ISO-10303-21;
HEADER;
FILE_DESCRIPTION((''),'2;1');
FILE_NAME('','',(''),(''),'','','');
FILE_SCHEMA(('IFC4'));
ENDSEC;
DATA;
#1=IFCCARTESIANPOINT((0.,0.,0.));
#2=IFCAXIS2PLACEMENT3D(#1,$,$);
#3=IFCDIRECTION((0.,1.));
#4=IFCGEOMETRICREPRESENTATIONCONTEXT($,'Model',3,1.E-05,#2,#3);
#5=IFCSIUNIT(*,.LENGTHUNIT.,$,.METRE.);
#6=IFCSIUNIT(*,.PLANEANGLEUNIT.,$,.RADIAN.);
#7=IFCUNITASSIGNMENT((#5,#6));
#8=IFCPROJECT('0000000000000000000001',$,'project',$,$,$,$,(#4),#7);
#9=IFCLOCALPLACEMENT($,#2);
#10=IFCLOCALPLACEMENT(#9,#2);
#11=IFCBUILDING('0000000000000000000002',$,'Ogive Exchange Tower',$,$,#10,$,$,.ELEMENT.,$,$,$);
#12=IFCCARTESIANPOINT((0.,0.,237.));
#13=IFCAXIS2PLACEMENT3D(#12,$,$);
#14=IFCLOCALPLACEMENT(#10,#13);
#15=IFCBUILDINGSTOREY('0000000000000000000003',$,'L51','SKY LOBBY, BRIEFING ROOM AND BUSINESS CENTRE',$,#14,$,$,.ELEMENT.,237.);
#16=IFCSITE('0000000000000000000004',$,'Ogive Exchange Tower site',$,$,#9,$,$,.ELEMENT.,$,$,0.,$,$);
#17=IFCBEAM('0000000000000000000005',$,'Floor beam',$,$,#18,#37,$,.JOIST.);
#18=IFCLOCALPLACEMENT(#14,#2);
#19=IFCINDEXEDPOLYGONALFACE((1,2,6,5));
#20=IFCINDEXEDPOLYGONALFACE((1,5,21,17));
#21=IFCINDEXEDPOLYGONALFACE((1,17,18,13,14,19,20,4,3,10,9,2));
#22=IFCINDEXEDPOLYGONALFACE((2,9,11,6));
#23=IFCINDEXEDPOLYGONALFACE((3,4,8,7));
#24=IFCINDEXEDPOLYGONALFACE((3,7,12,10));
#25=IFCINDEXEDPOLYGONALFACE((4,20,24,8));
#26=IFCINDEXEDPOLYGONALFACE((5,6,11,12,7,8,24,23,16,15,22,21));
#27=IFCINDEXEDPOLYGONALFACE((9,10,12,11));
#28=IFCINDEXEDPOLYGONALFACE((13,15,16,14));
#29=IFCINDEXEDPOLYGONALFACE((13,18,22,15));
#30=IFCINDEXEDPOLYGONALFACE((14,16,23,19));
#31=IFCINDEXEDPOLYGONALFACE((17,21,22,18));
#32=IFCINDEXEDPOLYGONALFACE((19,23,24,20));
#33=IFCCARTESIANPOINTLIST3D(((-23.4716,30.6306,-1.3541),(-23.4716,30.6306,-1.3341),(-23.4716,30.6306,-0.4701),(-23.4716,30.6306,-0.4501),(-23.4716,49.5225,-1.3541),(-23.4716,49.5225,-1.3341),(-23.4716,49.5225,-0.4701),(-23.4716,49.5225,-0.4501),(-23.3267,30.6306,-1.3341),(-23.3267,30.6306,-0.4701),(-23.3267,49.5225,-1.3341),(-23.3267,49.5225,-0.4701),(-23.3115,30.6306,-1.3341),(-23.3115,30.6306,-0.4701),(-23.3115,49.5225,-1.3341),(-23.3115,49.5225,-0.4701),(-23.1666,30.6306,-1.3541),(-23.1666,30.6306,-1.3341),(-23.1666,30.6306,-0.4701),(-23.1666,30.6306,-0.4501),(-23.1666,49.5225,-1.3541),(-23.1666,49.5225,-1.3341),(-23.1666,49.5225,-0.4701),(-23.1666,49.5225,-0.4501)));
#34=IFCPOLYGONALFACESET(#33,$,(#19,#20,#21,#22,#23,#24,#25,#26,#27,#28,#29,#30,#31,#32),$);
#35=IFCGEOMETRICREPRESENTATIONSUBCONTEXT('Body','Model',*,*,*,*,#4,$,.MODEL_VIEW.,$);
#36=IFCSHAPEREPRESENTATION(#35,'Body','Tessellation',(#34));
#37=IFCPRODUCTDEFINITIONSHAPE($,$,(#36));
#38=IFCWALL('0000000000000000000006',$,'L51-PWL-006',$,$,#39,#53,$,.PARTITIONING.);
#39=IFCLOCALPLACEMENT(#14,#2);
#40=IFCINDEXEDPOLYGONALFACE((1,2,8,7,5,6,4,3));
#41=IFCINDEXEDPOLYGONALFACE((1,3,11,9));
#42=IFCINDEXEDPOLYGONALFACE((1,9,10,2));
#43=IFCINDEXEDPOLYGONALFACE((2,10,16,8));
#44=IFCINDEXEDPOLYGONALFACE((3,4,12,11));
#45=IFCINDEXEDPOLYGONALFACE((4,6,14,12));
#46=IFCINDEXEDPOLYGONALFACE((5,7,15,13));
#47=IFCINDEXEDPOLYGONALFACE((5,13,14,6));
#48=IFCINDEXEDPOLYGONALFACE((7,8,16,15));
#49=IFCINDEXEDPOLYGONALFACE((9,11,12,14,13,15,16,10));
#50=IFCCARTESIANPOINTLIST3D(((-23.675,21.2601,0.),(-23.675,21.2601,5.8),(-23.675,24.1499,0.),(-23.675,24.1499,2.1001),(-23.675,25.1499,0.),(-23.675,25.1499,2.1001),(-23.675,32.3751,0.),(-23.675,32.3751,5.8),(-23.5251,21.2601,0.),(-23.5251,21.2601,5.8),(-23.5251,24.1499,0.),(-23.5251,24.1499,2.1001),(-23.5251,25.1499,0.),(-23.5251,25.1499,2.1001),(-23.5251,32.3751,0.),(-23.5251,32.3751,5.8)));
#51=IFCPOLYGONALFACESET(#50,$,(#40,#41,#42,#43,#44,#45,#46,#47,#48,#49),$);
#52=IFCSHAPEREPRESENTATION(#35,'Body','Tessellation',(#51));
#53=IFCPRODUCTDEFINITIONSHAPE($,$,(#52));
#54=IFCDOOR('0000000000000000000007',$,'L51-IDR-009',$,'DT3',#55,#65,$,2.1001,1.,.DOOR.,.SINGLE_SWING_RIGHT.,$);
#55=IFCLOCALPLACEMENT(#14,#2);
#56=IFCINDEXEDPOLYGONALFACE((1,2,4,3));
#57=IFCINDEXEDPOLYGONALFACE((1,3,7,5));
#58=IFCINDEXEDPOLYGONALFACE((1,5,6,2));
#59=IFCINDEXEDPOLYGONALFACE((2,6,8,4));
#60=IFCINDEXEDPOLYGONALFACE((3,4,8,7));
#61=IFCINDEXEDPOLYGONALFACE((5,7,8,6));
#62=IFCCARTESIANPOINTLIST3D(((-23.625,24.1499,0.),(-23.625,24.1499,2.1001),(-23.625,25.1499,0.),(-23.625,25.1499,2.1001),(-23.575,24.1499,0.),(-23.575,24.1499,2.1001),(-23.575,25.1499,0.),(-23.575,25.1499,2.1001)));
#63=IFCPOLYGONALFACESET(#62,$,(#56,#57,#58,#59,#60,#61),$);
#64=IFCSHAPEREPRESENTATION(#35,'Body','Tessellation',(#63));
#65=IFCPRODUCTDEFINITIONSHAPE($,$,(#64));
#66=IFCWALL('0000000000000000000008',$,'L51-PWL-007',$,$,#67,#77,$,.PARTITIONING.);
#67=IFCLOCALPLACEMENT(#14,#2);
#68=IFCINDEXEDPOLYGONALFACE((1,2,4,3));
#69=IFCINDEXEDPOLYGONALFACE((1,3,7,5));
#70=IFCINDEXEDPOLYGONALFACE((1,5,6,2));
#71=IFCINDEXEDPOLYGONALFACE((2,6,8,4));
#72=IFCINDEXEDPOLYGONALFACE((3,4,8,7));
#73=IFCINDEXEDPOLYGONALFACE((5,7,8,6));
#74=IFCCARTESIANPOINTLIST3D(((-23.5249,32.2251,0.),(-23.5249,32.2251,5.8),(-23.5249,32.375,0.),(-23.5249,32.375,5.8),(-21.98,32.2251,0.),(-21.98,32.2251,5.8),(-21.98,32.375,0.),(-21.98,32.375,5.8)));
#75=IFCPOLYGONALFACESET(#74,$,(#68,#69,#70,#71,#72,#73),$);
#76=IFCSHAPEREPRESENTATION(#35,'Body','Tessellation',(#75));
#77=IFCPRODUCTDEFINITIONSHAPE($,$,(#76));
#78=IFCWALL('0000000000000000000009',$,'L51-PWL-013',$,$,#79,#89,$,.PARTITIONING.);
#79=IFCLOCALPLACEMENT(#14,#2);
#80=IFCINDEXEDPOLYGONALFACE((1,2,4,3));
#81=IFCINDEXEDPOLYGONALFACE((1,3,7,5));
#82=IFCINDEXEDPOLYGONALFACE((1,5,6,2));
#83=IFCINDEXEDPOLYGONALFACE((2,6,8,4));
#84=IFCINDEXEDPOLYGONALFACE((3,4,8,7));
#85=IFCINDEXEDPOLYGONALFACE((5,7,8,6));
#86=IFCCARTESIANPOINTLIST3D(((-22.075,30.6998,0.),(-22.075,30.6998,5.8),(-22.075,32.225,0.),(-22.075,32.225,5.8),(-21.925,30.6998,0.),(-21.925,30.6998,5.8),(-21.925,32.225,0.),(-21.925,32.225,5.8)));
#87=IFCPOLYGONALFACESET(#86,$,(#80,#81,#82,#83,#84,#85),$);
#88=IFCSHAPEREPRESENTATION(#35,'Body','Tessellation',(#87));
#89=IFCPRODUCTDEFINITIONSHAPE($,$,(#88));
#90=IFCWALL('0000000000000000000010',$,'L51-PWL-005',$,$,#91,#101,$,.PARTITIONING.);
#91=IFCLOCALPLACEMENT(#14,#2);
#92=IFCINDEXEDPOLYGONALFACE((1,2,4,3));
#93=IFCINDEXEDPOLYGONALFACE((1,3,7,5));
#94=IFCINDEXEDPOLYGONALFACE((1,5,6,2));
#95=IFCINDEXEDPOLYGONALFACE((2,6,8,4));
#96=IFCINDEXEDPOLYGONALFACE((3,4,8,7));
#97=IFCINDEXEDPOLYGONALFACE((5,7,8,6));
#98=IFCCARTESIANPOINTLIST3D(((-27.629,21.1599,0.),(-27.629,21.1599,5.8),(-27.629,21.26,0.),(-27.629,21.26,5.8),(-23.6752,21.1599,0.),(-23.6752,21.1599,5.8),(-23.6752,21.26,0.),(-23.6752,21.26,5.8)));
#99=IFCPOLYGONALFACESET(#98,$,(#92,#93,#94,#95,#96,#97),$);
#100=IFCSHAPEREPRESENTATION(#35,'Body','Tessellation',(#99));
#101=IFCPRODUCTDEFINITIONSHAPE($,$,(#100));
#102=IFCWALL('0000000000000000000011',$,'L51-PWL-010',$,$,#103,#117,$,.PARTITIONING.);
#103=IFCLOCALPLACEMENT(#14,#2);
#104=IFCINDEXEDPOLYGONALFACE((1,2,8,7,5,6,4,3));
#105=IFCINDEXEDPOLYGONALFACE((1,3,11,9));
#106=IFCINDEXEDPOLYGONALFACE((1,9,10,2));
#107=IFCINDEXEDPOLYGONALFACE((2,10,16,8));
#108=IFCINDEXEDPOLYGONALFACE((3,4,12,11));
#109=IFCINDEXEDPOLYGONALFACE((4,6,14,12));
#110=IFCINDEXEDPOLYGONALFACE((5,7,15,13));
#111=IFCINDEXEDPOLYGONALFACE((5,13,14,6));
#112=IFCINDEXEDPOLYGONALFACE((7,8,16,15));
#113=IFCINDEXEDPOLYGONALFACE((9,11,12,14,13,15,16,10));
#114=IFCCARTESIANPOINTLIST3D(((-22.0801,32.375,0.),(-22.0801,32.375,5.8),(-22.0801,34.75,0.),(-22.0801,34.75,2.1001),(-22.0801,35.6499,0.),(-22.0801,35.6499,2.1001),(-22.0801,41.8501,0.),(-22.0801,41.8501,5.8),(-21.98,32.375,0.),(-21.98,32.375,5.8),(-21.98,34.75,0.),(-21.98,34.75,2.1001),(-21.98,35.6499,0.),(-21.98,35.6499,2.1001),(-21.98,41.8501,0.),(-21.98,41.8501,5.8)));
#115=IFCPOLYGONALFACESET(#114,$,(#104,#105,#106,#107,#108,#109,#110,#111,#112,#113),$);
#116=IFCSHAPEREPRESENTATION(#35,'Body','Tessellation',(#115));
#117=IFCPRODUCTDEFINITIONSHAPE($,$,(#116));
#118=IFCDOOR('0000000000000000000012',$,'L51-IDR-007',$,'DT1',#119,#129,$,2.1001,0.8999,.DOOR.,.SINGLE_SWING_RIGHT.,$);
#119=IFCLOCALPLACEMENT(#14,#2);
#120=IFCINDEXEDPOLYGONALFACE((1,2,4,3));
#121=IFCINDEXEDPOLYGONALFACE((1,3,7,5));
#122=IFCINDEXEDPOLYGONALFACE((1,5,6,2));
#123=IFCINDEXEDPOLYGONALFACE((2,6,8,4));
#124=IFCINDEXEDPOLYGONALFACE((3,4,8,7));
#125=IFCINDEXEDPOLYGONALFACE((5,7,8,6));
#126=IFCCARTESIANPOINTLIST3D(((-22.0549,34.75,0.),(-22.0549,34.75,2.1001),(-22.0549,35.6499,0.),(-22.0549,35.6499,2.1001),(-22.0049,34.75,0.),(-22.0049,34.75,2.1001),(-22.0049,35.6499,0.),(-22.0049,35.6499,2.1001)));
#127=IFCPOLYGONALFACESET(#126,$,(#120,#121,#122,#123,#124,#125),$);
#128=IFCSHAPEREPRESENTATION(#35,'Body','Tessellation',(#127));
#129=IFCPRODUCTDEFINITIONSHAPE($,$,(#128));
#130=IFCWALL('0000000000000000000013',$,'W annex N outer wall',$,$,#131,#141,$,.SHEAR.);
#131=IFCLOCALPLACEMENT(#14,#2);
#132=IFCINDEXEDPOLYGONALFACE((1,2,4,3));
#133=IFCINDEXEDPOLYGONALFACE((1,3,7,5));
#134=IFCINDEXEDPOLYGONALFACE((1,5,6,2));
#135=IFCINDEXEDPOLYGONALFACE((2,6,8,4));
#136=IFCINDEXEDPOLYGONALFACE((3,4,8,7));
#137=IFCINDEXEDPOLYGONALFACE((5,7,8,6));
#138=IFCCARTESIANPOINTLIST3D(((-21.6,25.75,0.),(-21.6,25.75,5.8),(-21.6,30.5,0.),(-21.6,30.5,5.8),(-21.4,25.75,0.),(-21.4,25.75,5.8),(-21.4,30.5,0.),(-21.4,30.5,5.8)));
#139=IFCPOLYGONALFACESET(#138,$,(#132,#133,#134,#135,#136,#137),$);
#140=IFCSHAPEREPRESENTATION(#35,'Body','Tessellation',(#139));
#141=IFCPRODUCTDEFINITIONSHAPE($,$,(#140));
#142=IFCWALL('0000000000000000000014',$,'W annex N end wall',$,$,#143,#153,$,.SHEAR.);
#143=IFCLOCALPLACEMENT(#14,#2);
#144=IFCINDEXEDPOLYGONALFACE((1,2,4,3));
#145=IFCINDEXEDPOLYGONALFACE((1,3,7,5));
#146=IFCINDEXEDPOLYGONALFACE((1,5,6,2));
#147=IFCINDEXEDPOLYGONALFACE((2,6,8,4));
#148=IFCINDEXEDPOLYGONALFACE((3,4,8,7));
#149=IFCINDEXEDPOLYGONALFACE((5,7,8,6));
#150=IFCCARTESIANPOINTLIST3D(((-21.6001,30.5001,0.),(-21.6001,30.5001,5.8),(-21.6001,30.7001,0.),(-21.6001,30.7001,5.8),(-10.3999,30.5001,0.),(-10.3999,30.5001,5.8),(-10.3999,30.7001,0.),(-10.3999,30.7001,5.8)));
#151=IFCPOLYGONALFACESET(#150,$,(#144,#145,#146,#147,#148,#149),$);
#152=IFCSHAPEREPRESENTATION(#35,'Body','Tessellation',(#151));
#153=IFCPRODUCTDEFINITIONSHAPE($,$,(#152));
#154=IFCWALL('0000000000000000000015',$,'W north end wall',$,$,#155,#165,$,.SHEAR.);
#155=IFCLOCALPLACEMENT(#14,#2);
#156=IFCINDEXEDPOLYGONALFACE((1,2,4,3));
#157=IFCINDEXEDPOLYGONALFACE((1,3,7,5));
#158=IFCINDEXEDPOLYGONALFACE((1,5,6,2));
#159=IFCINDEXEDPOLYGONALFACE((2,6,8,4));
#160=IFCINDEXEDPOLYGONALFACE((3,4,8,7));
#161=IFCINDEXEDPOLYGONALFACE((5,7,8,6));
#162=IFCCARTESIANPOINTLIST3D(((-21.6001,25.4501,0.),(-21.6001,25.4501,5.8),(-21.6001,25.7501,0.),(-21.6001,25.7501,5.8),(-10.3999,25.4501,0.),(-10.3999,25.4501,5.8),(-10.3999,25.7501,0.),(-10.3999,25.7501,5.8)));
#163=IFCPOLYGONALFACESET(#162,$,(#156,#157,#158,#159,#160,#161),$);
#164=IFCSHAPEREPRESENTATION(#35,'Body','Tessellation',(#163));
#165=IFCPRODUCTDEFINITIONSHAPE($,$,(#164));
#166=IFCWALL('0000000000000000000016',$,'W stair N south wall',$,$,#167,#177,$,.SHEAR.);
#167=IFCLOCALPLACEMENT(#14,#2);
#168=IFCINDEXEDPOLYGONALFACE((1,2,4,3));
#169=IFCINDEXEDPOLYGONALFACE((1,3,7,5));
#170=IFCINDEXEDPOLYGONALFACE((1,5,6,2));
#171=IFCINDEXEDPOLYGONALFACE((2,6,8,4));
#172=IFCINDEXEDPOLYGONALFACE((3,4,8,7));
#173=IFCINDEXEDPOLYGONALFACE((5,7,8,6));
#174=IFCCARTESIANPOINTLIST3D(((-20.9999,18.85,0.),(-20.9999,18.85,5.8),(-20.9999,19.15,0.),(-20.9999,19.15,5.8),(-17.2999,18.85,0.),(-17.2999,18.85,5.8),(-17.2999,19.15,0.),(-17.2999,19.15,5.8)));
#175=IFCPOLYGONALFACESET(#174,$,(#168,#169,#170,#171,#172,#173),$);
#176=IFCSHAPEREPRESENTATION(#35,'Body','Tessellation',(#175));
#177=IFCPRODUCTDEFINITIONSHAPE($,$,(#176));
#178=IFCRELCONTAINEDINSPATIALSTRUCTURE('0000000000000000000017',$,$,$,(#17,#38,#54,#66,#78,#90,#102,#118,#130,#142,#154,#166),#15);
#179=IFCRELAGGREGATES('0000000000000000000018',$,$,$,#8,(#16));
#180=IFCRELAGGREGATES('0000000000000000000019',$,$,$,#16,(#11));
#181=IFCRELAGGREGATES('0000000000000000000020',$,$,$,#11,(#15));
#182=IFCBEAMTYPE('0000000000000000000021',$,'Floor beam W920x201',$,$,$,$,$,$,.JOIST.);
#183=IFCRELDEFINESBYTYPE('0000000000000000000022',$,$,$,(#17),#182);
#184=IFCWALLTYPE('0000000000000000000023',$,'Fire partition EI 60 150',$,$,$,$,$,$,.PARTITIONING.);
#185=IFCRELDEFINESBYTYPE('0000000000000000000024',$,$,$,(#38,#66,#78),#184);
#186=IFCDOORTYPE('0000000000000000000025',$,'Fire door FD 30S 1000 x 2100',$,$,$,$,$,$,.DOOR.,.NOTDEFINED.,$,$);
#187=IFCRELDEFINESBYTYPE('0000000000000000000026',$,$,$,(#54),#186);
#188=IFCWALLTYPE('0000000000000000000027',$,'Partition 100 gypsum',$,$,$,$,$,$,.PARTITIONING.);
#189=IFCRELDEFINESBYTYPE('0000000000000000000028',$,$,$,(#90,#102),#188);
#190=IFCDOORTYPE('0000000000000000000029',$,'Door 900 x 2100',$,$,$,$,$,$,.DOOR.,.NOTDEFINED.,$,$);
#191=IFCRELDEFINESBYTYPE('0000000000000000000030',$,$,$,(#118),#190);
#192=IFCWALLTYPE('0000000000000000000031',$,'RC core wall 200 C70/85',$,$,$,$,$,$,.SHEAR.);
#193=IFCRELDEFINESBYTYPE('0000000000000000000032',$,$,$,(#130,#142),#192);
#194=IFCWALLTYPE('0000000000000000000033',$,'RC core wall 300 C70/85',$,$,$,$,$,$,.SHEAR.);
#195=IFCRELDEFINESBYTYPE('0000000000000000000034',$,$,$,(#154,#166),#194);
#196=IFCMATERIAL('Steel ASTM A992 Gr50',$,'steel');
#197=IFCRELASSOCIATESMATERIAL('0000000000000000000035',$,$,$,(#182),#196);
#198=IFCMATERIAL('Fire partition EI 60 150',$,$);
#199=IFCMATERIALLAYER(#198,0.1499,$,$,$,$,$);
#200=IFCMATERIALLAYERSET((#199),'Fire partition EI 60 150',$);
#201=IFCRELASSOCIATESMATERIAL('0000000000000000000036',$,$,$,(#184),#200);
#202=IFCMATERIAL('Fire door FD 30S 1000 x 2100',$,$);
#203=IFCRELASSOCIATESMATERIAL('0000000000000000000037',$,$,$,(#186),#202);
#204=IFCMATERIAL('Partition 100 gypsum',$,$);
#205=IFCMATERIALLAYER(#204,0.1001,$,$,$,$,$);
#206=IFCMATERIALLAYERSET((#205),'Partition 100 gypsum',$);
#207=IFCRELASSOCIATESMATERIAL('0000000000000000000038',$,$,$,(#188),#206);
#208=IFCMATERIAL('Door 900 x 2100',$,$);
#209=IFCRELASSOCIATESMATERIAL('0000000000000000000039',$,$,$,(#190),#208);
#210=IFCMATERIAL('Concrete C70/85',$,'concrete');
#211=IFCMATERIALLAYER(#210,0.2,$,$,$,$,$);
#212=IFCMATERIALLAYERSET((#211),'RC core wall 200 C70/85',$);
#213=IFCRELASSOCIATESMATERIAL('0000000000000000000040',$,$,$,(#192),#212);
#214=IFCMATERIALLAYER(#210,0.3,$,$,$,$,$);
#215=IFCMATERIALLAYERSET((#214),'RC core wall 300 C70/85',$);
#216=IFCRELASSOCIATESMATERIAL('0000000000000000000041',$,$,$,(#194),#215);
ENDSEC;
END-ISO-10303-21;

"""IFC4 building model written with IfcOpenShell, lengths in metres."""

from ifc_helpers import new_model, si_unit, direction, frame, frame_2d, origin, origin_2d, place, context, subcontext, project, spatial, rectangle, i_section, extrude, material, layer, layer_set, material_profile, profile_set, type_object, element, fill, save


model = new_model("IFC4")

# Units and contexts
model_context = context("Model", 3, precision=1e-05, world=origin(), true_north=direction((0.0, 1.0)))
body_context = subcontext(model_context, "Body", "Model", "MODEL_VIEW")
ifc_project = project(units=[si_unit("LENGTHUNIT", "METRE"), si_unit("PLANEANGLEUNIT", "RADIAN")], contexts=[model_context])

# Site, building, storey
site_placement = place(None, origin())
site = spatial("IfcSite", under=ifc_project, at=site_placement, Name="Ogive Exchange Tower site", CompositionType="ELEMENT", RefElevation=0.0)
building_placement = place(site_placement, origin())
building = spatial("IfcBuilding", under=site, at=building_placement, Name="Ogive Exchange Tower", CompositionType="ELEMENT")
storey_placement = place(building_placement, frame((0.0, 0.0, 237.0)))
storey = spatial("IfcBuildingStorey", under=building, at=storey_placement, Name="L51", Description="SKY LOBBY, BRIEFING ROOM AND BUSINESS CENTRE", CompositionType="ELEMENT", Elevation=237.0)

# Beam
ifc_material_1 = material(Name="Steel ASTM A992 Gr50", Category="steel")
ifc_material_profile = material_profile(ifc_material_1, i_section(OverallWidth=0.3049, OverallDepth=0.9041, WebThickness=0.0151, FlangeThickness=0.02, at=origin_2d()), Name="W920x201")
ifc_profile_set = profile_set([ifc_material_profile], Name="Steel ASTM A992 Gr50")
beam_type = type_object("IfcBeamType", Name="Floor beam W920x201", PredefinedType="JOIST", material=ifc_profile_set)
beam_placement = place(storey_placement, frame((-23.3191, 30.6306, -0.9021), z_axis=(0.0, 1.0, 0.0), x_axis=(-1.0, 0.0, 0.0)))
element("IfcBeam", 1, at=beam_placement, inside=storey, type_object=beam_type, Name="Floor beam", PredefinedType="JOIST", context=body_context, shape_type="SweptSolid", body=[
    extrude(i_section(OverallWidth=0.3049, OverallDepth=0.9041, WebThickness=0.0151, FlangeThickness=0.02, at=origin_2d()), origin(), (0.0, 0.0, 1.0), 18.8918),
])

# Wall, opening, door
ifc_material_2 = material(Name="Fire partition EI 60 150")
ifc_layer_1 = layer(ifc_material_2, 0.1499)
ifc_layer_set_1 = layer_set([ifc_layer_1], Name="Fire partition EI 60 150")
wall_type_1 = type_object("IfcWallType", Name="Fire partition EI 60 150", PredefinedType="PARTITIONING", material=ifc_layer_set_1)
wall_1_placement = place(storey_placement, frame((-23.6001, 21.26, 0.0), z_axis=(0.0, 0.0, 1.0), x_axis=(0.0, 1.0, 0.0)))
wall_1 = element("IfcWall", 2, at=wall_1_placement, inside=storey, type_object=wall_type_1, Name="L51-PWL-006", PredefinedType="PARTITIONING", context=body_context, shape_type="SweptSolid", body=[
    extrude(rectangle(XDim=11.115, YDim=0.1499, at=frame_2d((5.5576, 0.0))), origin(), (0.0, 0.0, 1.0), 5.8),
])
opening_1_placement = place(wall_1_placement, frame((2.8899, 0.0, 0.0)))
opening_1 = element("IfcOpeningElement", 3, at=opening_1_placement, cuts=wall_1, PredefinedType="OPENING", context=body_context, shape_type="SweptSolid", body=[
    extrude(rectangle(XDim=1.0, YDim=2.1001, at=frame_2d((0.5, 1.05))), frame((0.0, 0.085, 0.0), z_axis=(0.0, -1.0, 0.0), x_axis=(1.0, 0.0, 0.0)), (0.0, 0.0, 1.0), 0.1699),
])
ifc_material_3 = material(Name="Fire door FD 30S 1000 x 2100")
door_type_1 = type_object("IfcDoorType", Name="Fire door FD 30S 1000 x 2100", OperationType="NOTDEFINED", PredefinedType="DOOR", material=ifc_material_3)
door_1_placement = place(opening_1_placement, origin())
door_1 = element("IfcDoor", 4, at=door_1_placement, inside=storey, type_object=door_type_1, Name="L51-IDR-009", ObjectType="DT3", OperationType="SINGLE_SWING_RIGHT", OverallHeight=2.1001, OverallWidth=1.0, PredefinedType="DOOR", context=body_context, shape_type="SweptSolid", body=[
    extrude(rectangle(XDim=1.0, YDim=2.1001, at=frame_2d((0.5, 1.05))), frame((0.0, 0.0249, 0.0), z_axis=(0.0, -1.0, 0.0), x_axis=(1.0, 0.0, 0.0)), (0.0, 0.0, 1.0), 0.05),
])
fill(opening_1, door_1)

# Walls
wall_2_placement = place(storey_placement, frame((-23.5249, 32.3, 0.0), z_axis=(0.0, 0.0, 1.0), x_axis=(1.0, 0.0, 0.0)))
element("IfcWall", 5, at=wall_2_placement, inside=storey, type_object=wall_type_1, Name="L51-PWL-007", PredefinedType="PARTITIONING", context=body_context, shape_type="SweptSolid", body=[
    extrude(rectangle(XDim=1.5449, YDim=0.1499, at=frame_2d((0.7725, 0.0))), origin(), (0.0, 0.0, 1.0), 5.8),
])
wall_3_placement = place(storey_placement, frame((-22.0, 32.2251, 0.0), z_axis=(0.0, 0.0, 1.0), x_axis=(0.0, -1.0, 0.0)))
element("IfcWall", 6, at=wall_3_placement, inside=storey, type_object=wall_type_1, Name="L51-PWL-013", PredefinedType="PARTITIONING", context=body_context, shape_type="SweptSolid", body=[
    extrude(rectangle(XDim=1.5251, YDim=0.1499, at=frame_2d((0.7627, 0.0))), origin(), (0.0, 0.0, 1.0), 5.8),
])
ifc_material_4 = material(Name="Partition 100 gypsum")
ifc_layer_2 = layer(ifc_material_4, 0.1001)
ifc_layer_set_2 = layer_set([ifc_layer_2], Name="Partition 100 gypsum")
wall_type_2 = type_object("IfcWallType", Name="Partition 100 gypsum", PredefinedType="PARTITIONING", material=ifc_layer_set_2)
wall_4_placement = place(storey_placement, frame((-23.675, 21.21, 0.0), z_axis=(0.0, 0.0, 1.0), x_axis=(-1.0, 0.0, 0.0)))
element("IfcWall", 7, at=wall_4_placement, inside=storey, type_object=wall_type_2, Name="L51-PWL-005", PredefinedType="PARTITIONING", context=body_context, shape_type="SweptSolid", body=[
    extrude(rectangle(XDim=3.9539, YDim=0.1001, at=frame_2d((1.9771, 0.0))), origin(), (0.0, 0.0, 1.0), 5.8),
])

# Wall, opening, door
wall_5_placement = place(storey_placement, frame((-22.03, 32.375, 0.0), z_axis=(0.0, 0.0, 1.0), x_axis=(0.0, 1.0, 0.0)))
wall_5 = element("IfcWall", 8, at=wall_5_placement, inside=storey, type_object=wall_type_2, Name="L51-PWL-010", PredefinedType="PARTITIONING", context=body_context, shape_type="SweptSolid", body=[
    extrude(rectangle(XDim=9.4751, YDim=0.1001, at=frame_2d((4.7375, 0.0))), origin(), (0.0, 0.0, 1.0), 5.8),
])
opening_2_placement = place(wall_5_placement, frame((2.375, 0.0, 0.0)))
opening_2 = element("IfcOpeningElement", 9, at=opening_2_placement, cuts=wall_5, PredefinedType="OPENING", context=body_context, shape_type="SweptSolid", body=[
    extrude(rectangle(XDim=0.8999, YDim=2.1001, at=frame_2d((0.45, 1.05))), frame((0.0, 0.0601, 0.0), z_axis=(0.0, -1.0, 0.0), x_axis=(1.0, 0.0, 0.0)), (0.0, 0.0, 1.0), 0.1201),
])
ifc_material_5 = material(Name="Door 900 x 2100")
door_type_2 = type_object("IfcDoorType", Name="Door 900 x 2100", OperationType="NOTDEFINED", PredefinedType="DOOR", material=ifc_material_5)
door_2_placement = place(opening_2_placement, origin())
door_2 = element("IfcDoor", 10, at=door_2_placement, inside=storey, type_object=door_type_2, Name="L51-IDR-007", ObjectType="DT1", OperationType="SINGLE_SWING_RIGHT", OverallHeight=2.1001, OverallWidth=0.8999, PredefinedType="DOOR", context=body_context, shape_type="SweptSolid", body=[
    extrude(rectangle(XDim=0.8999, YDim=2.1001, at=frame_2d((0.45, 1.05))), frame((0.0, 0.0249, 0.0), z_axis=(0.0, -1.0, 0.0), x_axis=(1.0, 0.0, 0.0)), (0.0, 0.0, 1.0), 0.05),
])
fill(opening_2, door_2)

# Walls
ifc_material_6 = material(Name="Concrete C70/85", Category="concrete")
ifc_layer_3 = layer(ifc_material_6, 0.2)
ifc_layer_set_3 = layer_set([ifc_layer_3], Name="RC core wall 200 C70/85")
wall_type_3 = type_object("IfcWallType", Name="RC core wall 200 C70/85", PredefinedType="SHEAR", material=ifc_layer_set_3)
wall_6_placement = place(storey_placement, frame((-21.5, 25.75, 0.0), z_axis=(0.0, 0.0, 1.0), x_axis=(0.0, 1.0, 0.0)))
element("IfcWall", 11, at=wall_6_placement, inside=storey, type_object=wall_type_3, Name="W annex N outer wall", PredefinedType="SHEAR", context=body_context, shape_type="SweptSolid", body=[
    extrude(rectangle(XDim=4.75, YDim=0.2, at=frame_2d((2.375, 0.0))), origin(), (0.0, 0.0, 1.0), 5.8),
])
wall_7_placement = place(storey_placement, frame((-21.6001, 30.6001, 0.0), z_axis=(0.0, 0.0, 1.0), x_axis=(1.0, 0.0, 0.0)))
element("IfcWall", 12, at=wall_7_placement, inside=storey, type_object=wall_type_3, Name="W annex N end wall", PredefinedType="SHEAR", context=body_context, shape_type="SweptSolid", body=[
    extrude(rectangle(XDim=11.2002, YDim=0.2, at=frame_2d((5.6001, 0.0))), origin(), (0.0, 0.0, 1.0), 5.8),
])
ifc_layer_4 = layer(ifc_material_6, 0.3)
ifc_layer_set_4 = layer_set([ifc_layer_4], Name="RC core wall 300 C70/85")
wall_type_4 = type_object("IfcWallType", Name="RC core wall 300 C70/85", PredefinedType="SHEAR", material=ifc_layer_set_4)
wall_8_placement = place(storey_placement, frame((-21.6001, 25.6001, 0.0), z_axis=(0.0, 0.0, 1.0), x_axis=(1.0, 0.0, 0.0)))
element("IfcWall", 13, at=wall_8_placement, inside=storey, type_object=wall_type_4, Name="W north end wall", PredefinedType="SHEAR", context=body_context, shape_type="SweptSolid", body=[
    extrude(rectangle(XDim=11.2002, YDim=0.3, at=frame_2d((5.6001, 0.0))), origin(), (0.0, 0.0, 1.0), 5.8),
])
wall_9_placement = place(storey_placement, frame((-21.0, 19.0, 0.0), z_axis=(0.0, 0.0, 1.0), x_axis=(1.0, 0.0, 0.0)))
element("IfcWall", 14, at=wall_9_placement, inside=storey, type_object=wall_type_4, Name="W stair N south wall", PredefinedType="SHEAR", context=body_context, shape_type="SweptSolid", body=[
    extrude(rectangle(XDim=3.7, YDim=0.3, at=frame_2d((1.8501, 0.0))), origin(), (0.0, 0.0, 1.0), 5.8),
])

save(model, "model.ifc")
